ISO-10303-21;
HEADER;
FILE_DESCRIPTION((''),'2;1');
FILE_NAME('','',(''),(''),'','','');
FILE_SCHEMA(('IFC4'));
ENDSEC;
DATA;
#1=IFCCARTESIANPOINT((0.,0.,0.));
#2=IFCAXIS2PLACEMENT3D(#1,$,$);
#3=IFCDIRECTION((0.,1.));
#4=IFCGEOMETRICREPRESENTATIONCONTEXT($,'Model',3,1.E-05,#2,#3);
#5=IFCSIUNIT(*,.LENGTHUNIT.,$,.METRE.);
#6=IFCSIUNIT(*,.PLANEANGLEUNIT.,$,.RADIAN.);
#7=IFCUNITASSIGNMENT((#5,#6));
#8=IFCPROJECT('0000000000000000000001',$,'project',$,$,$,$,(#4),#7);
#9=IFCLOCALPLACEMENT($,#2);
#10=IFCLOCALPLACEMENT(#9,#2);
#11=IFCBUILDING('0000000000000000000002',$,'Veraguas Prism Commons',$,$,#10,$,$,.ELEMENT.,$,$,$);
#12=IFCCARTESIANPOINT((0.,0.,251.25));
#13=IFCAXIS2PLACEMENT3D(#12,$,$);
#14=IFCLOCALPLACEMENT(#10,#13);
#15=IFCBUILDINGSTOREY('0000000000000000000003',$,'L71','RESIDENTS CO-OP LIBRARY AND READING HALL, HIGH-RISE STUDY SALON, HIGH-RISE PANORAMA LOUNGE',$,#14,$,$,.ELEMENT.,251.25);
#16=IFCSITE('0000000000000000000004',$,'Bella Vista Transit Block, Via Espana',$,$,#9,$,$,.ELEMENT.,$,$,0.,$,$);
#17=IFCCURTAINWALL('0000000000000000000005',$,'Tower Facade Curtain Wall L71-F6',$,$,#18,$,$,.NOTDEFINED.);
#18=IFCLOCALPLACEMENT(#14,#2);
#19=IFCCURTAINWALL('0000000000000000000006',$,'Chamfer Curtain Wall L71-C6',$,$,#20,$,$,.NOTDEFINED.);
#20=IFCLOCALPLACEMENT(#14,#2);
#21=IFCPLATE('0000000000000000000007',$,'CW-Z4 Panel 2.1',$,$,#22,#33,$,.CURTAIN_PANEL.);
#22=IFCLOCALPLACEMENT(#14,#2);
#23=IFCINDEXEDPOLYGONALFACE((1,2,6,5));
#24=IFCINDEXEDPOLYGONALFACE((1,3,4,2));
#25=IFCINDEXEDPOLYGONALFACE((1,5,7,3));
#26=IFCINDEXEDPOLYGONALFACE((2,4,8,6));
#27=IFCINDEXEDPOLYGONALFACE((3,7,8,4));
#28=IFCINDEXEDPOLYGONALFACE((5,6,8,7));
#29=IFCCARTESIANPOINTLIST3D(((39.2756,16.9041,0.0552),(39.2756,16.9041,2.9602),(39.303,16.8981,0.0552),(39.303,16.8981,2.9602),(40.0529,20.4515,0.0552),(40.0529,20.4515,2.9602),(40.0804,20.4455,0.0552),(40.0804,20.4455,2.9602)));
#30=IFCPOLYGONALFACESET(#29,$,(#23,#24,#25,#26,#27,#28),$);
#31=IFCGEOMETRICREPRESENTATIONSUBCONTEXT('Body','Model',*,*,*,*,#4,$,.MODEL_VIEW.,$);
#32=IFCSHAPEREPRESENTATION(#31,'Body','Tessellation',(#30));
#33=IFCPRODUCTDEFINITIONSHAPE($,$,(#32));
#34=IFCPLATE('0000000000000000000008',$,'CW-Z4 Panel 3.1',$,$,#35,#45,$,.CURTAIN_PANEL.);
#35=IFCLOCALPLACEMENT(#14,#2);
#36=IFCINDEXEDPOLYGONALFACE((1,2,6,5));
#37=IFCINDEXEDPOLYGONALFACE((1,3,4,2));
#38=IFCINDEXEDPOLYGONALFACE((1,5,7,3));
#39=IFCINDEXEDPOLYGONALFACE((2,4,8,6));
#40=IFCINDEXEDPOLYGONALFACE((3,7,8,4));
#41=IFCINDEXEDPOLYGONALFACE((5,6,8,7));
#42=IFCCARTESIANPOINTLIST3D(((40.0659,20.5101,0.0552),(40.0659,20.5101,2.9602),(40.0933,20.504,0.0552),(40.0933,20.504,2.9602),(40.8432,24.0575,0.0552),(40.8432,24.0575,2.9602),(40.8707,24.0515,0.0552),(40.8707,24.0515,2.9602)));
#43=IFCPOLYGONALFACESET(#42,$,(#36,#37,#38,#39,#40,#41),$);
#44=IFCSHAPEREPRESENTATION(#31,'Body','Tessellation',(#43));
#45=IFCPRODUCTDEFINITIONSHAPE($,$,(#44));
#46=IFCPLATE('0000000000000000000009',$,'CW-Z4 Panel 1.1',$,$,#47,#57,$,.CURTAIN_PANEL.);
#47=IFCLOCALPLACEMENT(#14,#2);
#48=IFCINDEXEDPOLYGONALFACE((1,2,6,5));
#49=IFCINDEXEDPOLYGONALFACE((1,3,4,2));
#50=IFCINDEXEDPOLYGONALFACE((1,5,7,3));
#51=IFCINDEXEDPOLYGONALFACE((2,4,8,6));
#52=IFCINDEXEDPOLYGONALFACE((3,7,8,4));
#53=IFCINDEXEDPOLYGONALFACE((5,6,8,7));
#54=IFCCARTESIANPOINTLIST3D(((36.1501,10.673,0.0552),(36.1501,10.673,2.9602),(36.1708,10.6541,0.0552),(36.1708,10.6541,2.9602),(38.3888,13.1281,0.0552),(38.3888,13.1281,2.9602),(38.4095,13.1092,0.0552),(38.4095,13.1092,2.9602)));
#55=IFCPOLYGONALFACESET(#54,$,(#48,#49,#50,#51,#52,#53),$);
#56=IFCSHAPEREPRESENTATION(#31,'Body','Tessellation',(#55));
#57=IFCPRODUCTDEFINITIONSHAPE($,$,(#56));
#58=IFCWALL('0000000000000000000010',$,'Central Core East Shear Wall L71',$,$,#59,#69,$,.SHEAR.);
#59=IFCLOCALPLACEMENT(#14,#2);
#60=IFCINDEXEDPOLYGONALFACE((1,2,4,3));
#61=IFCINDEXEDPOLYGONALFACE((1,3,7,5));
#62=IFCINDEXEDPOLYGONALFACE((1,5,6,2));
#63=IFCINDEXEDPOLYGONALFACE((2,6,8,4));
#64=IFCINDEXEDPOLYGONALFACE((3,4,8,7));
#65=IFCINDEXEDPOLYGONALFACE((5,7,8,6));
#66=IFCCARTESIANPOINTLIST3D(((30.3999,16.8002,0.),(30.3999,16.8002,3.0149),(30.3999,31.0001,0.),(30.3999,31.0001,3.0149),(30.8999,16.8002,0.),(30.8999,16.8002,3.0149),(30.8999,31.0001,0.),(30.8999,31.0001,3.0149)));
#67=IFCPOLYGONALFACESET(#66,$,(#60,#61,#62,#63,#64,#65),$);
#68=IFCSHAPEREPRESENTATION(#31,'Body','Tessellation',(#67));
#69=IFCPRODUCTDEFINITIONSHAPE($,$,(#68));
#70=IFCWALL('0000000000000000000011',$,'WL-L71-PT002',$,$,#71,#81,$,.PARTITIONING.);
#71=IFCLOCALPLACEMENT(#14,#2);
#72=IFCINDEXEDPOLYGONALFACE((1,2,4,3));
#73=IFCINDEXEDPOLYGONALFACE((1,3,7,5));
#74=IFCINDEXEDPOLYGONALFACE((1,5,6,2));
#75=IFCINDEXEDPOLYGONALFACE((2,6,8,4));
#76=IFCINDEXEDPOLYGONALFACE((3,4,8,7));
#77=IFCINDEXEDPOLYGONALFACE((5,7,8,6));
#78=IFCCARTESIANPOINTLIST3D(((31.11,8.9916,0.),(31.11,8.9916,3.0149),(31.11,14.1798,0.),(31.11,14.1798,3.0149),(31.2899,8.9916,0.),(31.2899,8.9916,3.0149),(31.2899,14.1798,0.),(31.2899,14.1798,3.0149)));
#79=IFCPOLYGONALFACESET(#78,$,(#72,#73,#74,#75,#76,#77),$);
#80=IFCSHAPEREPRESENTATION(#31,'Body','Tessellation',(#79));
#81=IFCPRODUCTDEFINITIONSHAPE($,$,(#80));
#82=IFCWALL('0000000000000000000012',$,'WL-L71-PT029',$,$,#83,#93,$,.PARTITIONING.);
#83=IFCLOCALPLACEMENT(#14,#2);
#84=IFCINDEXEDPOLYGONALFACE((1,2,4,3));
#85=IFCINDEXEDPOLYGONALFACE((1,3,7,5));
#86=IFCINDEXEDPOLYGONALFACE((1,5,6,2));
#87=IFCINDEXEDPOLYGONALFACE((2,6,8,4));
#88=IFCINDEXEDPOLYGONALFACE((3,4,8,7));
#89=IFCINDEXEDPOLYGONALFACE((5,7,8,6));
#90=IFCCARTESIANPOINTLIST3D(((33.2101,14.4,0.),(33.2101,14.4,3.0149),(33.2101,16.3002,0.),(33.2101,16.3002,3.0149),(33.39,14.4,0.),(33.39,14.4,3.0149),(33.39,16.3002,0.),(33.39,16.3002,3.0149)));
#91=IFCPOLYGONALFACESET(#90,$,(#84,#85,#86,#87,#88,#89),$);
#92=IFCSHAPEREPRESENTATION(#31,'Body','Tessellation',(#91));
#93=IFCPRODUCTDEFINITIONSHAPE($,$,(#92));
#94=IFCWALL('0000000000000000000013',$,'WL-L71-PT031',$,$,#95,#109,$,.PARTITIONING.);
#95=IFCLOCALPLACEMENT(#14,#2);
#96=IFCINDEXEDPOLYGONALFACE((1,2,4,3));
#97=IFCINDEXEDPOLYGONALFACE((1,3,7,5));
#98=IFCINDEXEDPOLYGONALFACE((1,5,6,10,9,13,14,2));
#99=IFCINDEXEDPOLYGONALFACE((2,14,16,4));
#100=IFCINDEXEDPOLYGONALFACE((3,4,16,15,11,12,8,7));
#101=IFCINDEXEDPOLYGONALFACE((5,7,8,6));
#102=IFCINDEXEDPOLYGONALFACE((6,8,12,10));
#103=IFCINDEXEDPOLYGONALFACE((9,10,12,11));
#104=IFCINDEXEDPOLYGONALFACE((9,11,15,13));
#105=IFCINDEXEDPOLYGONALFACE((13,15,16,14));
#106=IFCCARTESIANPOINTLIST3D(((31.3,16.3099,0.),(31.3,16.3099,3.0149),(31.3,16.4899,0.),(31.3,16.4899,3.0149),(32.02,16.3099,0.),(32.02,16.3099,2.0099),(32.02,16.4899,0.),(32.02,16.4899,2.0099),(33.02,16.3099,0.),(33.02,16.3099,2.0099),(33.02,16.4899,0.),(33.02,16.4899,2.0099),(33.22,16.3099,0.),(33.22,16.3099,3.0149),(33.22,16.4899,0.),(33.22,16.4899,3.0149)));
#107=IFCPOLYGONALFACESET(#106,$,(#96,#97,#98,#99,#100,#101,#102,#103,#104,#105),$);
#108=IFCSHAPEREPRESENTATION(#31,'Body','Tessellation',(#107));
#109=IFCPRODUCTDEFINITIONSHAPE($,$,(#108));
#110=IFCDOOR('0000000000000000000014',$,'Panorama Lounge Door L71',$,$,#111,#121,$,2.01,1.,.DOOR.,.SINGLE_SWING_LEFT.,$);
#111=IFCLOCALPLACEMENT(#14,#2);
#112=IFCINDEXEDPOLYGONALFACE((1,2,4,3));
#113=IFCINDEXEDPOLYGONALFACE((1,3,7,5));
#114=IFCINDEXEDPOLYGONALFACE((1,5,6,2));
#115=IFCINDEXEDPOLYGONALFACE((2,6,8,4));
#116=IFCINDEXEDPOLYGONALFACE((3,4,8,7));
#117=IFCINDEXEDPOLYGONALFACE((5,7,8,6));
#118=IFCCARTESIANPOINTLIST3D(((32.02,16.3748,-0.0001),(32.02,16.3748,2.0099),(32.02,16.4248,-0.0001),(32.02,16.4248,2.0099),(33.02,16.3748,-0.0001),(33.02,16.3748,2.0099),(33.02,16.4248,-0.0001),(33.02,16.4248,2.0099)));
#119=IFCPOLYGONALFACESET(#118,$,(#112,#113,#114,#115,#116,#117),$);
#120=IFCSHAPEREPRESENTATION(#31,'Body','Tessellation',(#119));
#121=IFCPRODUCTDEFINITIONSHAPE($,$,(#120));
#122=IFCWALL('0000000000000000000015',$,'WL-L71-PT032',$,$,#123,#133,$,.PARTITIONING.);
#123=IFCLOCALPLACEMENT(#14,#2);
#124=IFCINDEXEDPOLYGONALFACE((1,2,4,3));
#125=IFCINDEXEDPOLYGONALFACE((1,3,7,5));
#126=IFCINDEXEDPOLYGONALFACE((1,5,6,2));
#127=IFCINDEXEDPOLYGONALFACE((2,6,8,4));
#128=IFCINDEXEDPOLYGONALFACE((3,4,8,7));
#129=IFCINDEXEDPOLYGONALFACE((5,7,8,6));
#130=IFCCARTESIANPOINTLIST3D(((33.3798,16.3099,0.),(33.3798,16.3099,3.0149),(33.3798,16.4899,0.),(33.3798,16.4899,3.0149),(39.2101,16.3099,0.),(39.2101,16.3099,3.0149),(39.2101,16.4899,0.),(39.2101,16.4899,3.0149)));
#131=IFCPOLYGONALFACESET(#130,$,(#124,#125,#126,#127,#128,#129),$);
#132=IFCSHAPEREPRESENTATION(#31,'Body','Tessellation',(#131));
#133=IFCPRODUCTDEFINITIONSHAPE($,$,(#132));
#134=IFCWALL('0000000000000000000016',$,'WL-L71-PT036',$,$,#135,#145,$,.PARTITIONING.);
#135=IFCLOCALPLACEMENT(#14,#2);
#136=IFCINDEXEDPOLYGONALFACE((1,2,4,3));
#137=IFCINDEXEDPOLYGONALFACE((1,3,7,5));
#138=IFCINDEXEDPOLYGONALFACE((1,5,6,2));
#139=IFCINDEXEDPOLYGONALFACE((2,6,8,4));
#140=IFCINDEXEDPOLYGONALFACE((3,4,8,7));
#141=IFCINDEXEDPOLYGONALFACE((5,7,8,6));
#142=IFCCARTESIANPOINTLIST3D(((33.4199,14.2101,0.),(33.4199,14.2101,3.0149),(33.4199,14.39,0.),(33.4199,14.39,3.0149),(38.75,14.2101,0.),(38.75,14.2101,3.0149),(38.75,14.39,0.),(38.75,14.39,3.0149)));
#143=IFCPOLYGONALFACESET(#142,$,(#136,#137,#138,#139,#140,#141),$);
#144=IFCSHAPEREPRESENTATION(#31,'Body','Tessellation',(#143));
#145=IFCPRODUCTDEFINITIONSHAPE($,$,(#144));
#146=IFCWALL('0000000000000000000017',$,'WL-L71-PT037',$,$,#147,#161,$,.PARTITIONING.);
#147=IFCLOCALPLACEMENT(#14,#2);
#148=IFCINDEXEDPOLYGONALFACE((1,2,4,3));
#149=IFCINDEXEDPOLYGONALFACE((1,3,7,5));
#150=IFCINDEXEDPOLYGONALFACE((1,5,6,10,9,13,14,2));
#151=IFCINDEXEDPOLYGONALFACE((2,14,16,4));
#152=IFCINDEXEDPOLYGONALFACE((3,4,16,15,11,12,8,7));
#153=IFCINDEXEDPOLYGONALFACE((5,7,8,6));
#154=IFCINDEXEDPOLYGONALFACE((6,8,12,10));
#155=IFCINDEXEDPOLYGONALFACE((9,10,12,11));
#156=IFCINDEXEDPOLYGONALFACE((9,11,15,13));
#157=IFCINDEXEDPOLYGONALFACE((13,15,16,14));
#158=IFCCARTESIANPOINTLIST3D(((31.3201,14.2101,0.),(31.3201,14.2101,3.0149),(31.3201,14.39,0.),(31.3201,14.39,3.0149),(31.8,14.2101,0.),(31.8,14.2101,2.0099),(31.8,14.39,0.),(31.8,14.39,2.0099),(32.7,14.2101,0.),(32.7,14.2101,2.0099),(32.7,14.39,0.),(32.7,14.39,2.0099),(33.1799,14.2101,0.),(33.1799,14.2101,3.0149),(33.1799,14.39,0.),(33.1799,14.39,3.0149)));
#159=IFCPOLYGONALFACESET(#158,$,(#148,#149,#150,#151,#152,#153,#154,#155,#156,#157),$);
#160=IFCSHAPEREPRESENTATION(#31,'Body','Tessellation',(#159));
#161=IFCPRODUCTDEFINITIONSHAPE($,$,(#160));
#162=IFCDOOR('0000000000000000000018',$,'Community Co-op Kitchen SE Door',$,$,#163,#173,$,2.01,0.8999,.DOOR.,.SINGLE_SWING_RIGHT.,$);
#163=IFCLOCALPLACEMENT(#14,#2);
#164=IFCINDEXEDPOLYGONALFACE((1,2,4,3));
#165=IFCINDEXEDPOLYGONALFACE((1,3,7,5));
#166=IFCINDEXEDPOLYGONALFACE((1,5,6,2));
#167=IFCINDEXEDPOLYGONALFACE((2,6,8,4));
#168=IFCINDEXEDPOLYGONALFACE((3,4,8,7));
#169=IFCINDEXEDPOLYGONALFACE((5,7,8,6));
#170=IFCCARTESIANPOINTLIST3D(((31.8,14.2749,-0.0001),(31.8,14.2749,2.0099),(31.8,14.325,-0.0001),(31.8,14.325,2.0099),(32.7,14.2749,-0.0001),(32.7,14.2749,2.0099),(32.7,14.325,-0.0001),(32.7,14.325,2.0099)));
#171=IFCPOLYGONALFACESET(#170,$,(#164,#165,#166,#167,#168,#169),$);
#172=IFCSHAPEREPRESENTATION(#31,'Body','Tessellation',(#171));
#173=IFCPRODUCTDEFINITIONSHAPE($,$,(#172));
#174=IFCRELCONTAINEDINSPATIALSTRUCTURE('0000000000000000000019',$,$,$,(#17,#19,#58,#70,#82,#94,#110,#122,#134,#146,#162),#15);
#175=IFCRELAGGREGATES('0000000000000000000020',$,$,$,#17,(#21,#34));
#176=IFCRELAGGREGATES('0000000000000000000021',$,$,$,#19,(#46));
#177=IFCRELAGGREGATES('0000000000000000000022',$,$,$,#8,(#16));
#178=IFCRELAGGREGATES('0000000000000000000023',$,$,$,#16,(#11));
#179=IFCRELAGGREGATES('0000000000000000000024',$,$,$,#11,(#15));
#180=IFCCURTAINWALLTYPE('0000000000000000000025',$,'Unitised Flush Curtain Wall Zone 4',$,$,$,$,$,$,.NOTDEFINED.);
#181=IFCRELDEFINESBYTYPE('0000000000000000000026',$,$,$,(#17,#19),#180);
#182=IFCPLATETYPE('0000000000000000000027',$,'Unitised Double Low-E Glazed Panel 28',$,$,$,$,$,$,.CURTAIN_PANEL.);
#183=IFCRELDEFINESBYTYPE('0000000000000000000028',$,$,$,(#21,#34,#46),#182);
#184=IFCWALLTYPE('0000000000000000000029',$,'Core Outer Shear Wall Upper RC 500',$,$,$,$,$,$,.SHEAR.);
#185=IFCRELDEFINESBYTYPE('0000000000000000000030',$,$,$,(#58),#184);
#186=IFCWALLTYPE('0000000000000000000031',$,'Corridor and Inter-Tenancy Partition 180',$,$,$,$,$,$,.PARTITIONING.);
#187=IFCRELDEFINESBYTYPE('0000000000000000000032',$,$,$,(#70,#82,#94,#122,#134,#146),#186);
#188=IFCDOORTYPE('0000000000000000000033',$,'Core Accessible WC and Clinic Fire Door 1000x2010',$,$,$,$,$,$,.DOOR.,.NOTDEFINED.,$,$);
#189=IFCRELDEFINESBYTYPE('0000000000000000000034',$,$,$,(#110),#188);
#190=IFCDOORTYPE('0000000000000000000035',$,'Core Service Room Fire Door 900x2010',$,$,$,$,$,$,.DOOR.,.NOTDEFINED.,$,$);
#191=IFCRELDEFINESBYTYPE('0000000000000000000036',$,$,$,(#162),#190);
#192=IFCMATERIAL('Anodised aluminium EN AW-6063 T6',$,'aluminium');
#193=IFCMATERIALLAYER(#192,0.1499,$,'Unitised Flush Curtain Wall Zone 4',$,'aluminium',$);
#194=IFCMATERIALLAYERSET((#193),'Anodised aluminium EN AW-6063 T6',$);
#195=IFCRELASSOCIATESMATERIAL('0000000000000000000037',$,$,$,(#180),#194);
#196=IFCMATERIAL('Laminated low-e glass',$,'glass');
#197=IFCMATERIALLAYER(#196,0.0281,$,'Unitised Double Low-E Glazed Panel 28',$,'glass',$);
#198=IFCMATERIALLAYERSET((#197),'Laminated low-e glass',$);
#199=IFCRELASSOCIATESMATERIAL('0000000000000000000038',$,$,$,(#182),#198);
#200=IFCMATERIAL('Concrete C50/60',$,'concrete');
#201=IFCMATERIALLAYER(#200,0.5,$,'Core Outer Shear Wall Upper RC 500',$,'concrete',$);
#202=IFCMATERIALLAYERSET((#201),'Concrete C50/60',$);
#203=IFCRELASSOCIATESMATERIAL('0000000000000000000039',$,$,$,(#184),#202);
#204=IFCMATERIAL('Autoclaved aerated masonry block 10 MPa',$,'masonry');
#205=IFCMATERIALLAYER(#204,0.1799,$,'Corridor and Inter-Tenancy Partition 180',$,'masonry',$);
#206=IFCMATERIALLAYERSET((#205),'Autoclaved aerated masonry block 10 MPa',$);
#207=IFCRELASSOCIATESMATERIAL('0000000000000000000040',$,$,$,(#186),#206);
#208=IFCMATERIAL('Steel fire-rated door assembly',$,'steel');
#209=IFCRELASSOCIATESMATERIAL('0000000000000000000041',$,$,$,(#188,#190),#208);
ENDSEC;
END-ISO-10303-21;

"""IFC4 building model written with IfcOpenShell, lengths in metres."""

from ifc_helpers import new_model, si_unit, direction, frame, frame_2d, origin, origin_2d, place, context, subcontext, project, spatial, rectangle, extrude, source, transform, mapped, material, layer, layer_set, type_object, element, fill, aggregate, save


model = new_model("IFC4")

# Units and contexts
model_context = context("Model", 3, precision=1e-05, world=origin(), true_north=direction((0.0, 1.0)))
body_context = subcontext(model_context, "Body", "Model", "MODEL_VIEW")
ifc_project = project(units=[si_unit("LENGTHUNIT", "METRE"), si_unit("PLANEANGLEUNIT", "RADIAN")], contexts=[model_context])

# Site, building, storey
site_placement = place(None, origin())
site = spatial("IfcSite", under=ifc_project, at=site_placement, Name="Bella Vista Transit Block, Via Espana", CompositionType="ELEMENT", RefElevation=0.0)
building_placement = place(site_placement, origin())
building = spatial("IfcBuilding", under=site, at=building_placement, Name="Veraguas Prism Commons", CompositionType="ELEMENT")
storey_placement = place(building_placement, frame((0.0, 0.0, 251.25)))
storey = spatial("IfcBuildingStorey", under=building, at=storey_placement, Name="L71", Description="RESIDENTS CO-OP LIBRARY AND READING HALL, HIGH-RISE STUDY SALON, HIGH-RISE PANORAMA LOUNGE", CompositionType="ELEMENT", Elevation=251.25)

# Shared definitions
ifc_material_1 = material(Name="Concrete C50/60", Category="concrete")

# Curtain walls
ifc_material_2 = material(Name="Anodised aluminium EN AW-6063 T6", Category="aluminium")
ifc_layer_1 = layer(ifc_material_2, 0.1499, Name="Unitised Flush Curtain Wall Zone 4", Category="aluminium")
ifc_layer_set_1 = layer_set([ifc_layer_1], Name="Anodised aluminium EN AW-6063 T6")
curtain_wall_type = type_object("IfcCurtainWallType", Name="Unitised Flush Curtain Wall Zone 4", PredefinedType="NOTDEFINED", material=ifc_layer_set_1)
curtain_wall_1_placement = place(storey_placement, origin())
curtain_wall_1 = element("IfcCurtainWall", 1, at=curtain_wall_1_placement, inside=storey, type_object=curtain_wall_type, Name="Tower Facade Curtain Wall L71-F6", PredefinedType="NOTDEFINED")
curtain_wall_2_placement = place(storey_placement, origin())
curtain_wall_2 = element("IfcCurtainWall", 2, at=curtain_wall_2_placement, inside=storey, type_object=curtain_wall_type, Name="Chamfer Curtain Wall L71-C6", PredefinedType="NOTDEFINED")

# Plates
ifc_material_3 = material(Name="Laminated low-e glass", Category="glass")
ifc_layer_2 = layer(ifc_material_3, 0.0281, Name="Unitised Double Low-E Glazed Panel 28", Category="glass")
ifc_layer_set_2 = layer_set([ifc_layer_2], Name="Laminated low-e glass")
plate_type = type_object("IfcPlateType", Name="Unitised Double Low-E Glazed Panel 28", PredefinedType="CURTAIN_PANEL", material=ifc_layer_set_2)
shared_shape_1 = source(origin(), body_context, "Body", "SweptSolid", [
    extrude(rectangle(XDim=3.6316, YDim=0.0281, at=origin_2d()), origin(), (0.0, 0.0, 1.0), 2.905),
])
plate_1_placement = place(storey_placement, frame((39.678, 18.6748, 0.0552), z_axis=(0.0, 0.0, 1.0), x_axis=(0.214053, 0.976822, 0.0)))
plate_1 = element("IfcPlate", 3, at=plate_1_placement, type_object=plate_type, Name="CW-Z4 Panel 2.1", PredefinedType="CURTAIN_PANEL", context=body_context, shape_type="MappedRepresentation", body=[
    mapped(shared_shape_1, transform((0.0, 0.0, 0.0), scale=1.0)),
])
plate_2_placement = place(storey_placement, frame((40.4683, 22.2808, 0.0552), z_axis=(0.0, 0.0, 1.0), x_axis=(0.214053, 0.976822, 0.0)))
plate_2 = element("IfcPlate", 4, at=plate_2_placement, type_object=plate_type, Name="CW-Z4 Panel 3.1", PredefinedType="CURTAIN_PANEL", context=body_context, shape_type="MappedRepresentation", body=[
    mapped(shared_shape_1, transform((0.0, 0.0, 0.0), scale=1.0)),
])
aggregate(curtain_wall_1, [plate_1, plate_2])
shared_shape_2 = source(origin(), body_context, "Body", "SweptSolid", [
    extrude(rectangle(XDim=3.3225, YDim=0.0281, at=origin_2d()), origin(), (0.0, 0.0, 1.0), 2.905),
])
plate_3_placement = place(storey_placement, frame((37.2798, 11.8911, 0.0552), z_axis=(0.0, 0.0, 1.0), x_axis=(0.673794, 0.738919, 0.0)))
plate_3 = element("IfcPlate", 5, at=plate_3_placement, type_object=plate_type, Name="CW-Z4 Panel 1.1", PredefinedType="CURTAIN_PANEL", context=body_context, shape_type="MappedRepresentation", body=[
    mapped(shared_shape_2, transform((0.0, 0.0, 0.0), scale=1.0)),
])
aggregate(curtain_wall_2, [plate_3])

# Walls
ifc_layer_3 = layer(ifc_material_1, 0.5, Name="Core Outer Shear Wall Upper RC 500", Category="concrete")
ifc_layer_set_3 = layer_set([ifc_layer_3], Name="Concrete C50/60")
wall_type_1 = type_object("IfcWallType", Name="Core Outer Shear Wall Upper RC 500", PredefinedType="SHEAR", material=ifc_layer_set_3)
wall_1_placement = place(storey_placement, frame((30.6499, 16.8, 0.0), z_axis=(0.0, 0.0, 1.0), x_axis=(0.0, 1.0, 0.0)))
element("IfcWall", 6, at=wall_1_placement, inside=storey, type_object=wall_type_1, Name="Central Core East Shear Wall L71", PredefinedType="SHEAR", context=body_context, shape_type="SweptSolid", body=[
    extrude(rectangle(XDim=14.2, YDim=0.5, at=frame_2d((7.1001, 0.0))), origin(), (0.0, 0.0, 1.0), 3.0149),
])
ifc_material_4 = material(Name="Autoclaved aerated masonry block 10 MPa", Category="masonry")
ifc_layer_4 = layer(ifc_material_4, 0.1799, Name="Corridor and Inter-Tenancy Partition 180", Category="masonry")
ifc_layer_set_4 = layer_set([ifc_layer_4], Name="Autoclaved aerated masonry block 10 MPa")
wall_type_2 = type_object("IfcWallType", Name="Corridor and Inter-Tenancy Partition 180", PredefinedType="PARTITIONING", material=ifc_layer_set_4)
wall_2_placement = place(storey_placement, frame((31.2, 14.1799, 0.0), z_axis=(0.0, 0.0, 1.0), x_axis=(0.0, -1.0, 0.0)))
element("IfcWall", 7, at=wall_2_placement, inside=storey, type_object=wall_type_2, Name="WL-L71-PT002", PredefinedType="PARTITIONING", context=body_context, shape_type="SweptSolid", body=[
    extrude(rectangle(XDim=5.1882, YDim=0.1799, at=frame_2d((2.5942, 0.0))), origin(), (0.0, 0.0, 1.0), 3.0149),
])
wall_3_placement = place(storey_placement, frame((33.3, 14.3999, 0.0), z_axis=(0.0, 0.0, 1.0), x_axis=(0.0, 1.0, 0.0)))
element("IfcWall", 8, at=wall_3_placement, inside=storey, type_object=wall_type_2, Name="WL-L71-PT029", PredefinedType="PARTITIONING", context=body_context, shape_type="SweptSolid", body=[
    extrude(rectangle(XDim=1.9001, YDim=0.1799, at=frame_2d((0.9502, 0.0))), origin(), (0.0, 0.0, 1.0), 3.0149),
])

# Wall, opening, door
wall_4_placement = place(storey_placement, frame((31.3, 16.3999, 0.0), z_axis=(0.0, 0.0, 1.0), x_axis=(1.0, 0.0, 0.0)))
wall_4 = element("IfcWall", 9, at=wall_4_placement, inside=storey, type_object=wall_type_2, Name="WL-L71-PT031", PredefinedType="PARTITIONING", context=body_context, shape_type="SweptSolid", body=[
    extrude(rectangle(XDim=1.9199, YDim=0.1799, at=frame_2d((0.96, 0.0))), origin(), (0.0, 0.0, 1.0), 3.0149),
])
opening_1_placement = place(wall_4_placement, frame((0.72, 0.0, 0.0)))
opening_1 = element("IfcOpeningElement", 10, at=opening_1_placement, cuts=wall_4, PredefinedType="OPENING", context=body_context, shape_type="SweptSolid", body=[
    extrude(rectangle(XDim=1.0, YDim=2.01, at=frame_2d((0.5, 1.0049))), frame((0.0, 0.0999, 0.0), z_axis=(0.0, -1.0, 0.0), x_axis=(1.0, 0.0, 0.0)), (0.0, 0.0, 1.0), 0.2),
])
ifc_material_5 = material(Name="Steel fire-rated door assembly", Category="steel")
door_type_1 = type_object("IfcDoorType", Name="Core Accessible WC and Clinic Fire Door 1000x2010", OperationType="NOTDEFINED", PredefinedType="DOOR", material=ifc_material_5)
shared_shape_3 = source(origin(), body_context, "Body", "SweptSolid", [
    extrude(rectangle(XDim=1.0, YDim=2.01, at=frame_2d((0.5, 1.0049))), frame((0.0, 0.0249, 0.0), z_axis=(0.0, -1.0, 0.0), x_axis=(1.0, 0.0, 0.0)), (0.0, 0.0, 1.0), 0.05),
])
door_1_placement = place(opening_1_placement, origin())
door_1 = element("IfcDoor", 11, at=door_1_placement, inside=storey, type_object=door_type_1, Name="Panorama Lounge Door L71", OperationType="SINGLE_SWING_LEFT", OverallHeight=2.01, OverallWidth=1.0, PredefinedType="DOOR", context=body_context, shape_type="MappedRepresentation", body=[
    mapped(shared_shape_3, transform((0.0, 0.0, 0.0), scale=1.0)),
])
fill(opening_1, door_1)

# Walls
wall_5_placement = place(storey_placement, frame((33.3799, 16.3999, 0.0), z_axis=(0.0, 0.0, 1.0), x_axis=(1.0, 0.0, 0.0)))
element("IfcWall", 12, at=wall_5_placement, inside=storey, type_object=wall_type_2, Name="WL-L71-PT032", PredefinedType="PARTITIONING", context=body_context, shape_type="SweptSolid", body=[
    extrude(rectangle(XDim=5.8303, YDim=0.1799, at=frame_2d((2.915, 0.0))), origin(), (0.0, 0.0, 1.0), 3.0149),
])
wall_6_placement = place(storey_placement, frame((33.4199, 14.3, 0.0), z_axis=(0.0, 0.0, 1.0), x_axis=(1.0, 0.0, 0.0)))
element("IfcWall", 13, at=wall_6_placement, inside=storey, type_object=wall_type_2, Name="WL-L71-PT036", PredefinedType="PARTITIONING", context=body_context, shape_type="SweptSolid", body=[
    extrude(rectangle(XDim=5.3301, YDim=0.1799, at=frame_2d((2.665, 0.0))), origin(), (0.0, 0.0, 1.0), 3.0149),
])

# Wall, opening, door
wall_7_placement = place(storey_placement, frame((31.3201, 14.3, 0.0), z_axis=(0.0, 0.0, 1.0), x_axis=(1.0, 0.0, 0.0)))
wall_7 = element("IfcWall", 14, at=wall_7_placement, inside=storey, type_object=wall_type_2, Name="WL-L71-PT037", PredefinedType="PARTITIONING", context=body_context, shape_type="SweptSolid", body=[
    extrude(rectangle(XDim=1.8599, YDim=0.1799, at=frame_2d((0.9299, 0.0))), origin(), (0.0, 0.0, 1.0), 3.0149),
])
opening_2_placement = place(wall_7_placement, frame((0.48, 0.0, 0.0)))
opening_2 = element("IfcOpeningElement", 15, at=opening_2_placement, cuts=wall_7, PredefinedType="OPENING", context=body_context, shape_type="SweptSolid", body=[
    extrude(rectangle(XDim=0.8999, YDim=2.01, at=frame_2d((0.45, 1.0049))), frame((0.0, 0.0999, 0.0), z_axis=(0.0, -1.0, 0.0), x_axis=(1.0, 0.0, 0.0)), (0.0, 0.0, 1.0), 0.2),
])
door_type_2 = type_object("IfcDoorType", Name="Core Service Room Fire Door 900x2010", OperationType="NOTDEFINED", PredefinedType="DOOR", material=ifc_material_5)
shared_shape_4 = source(origin(), body_context, "Body", "SweptSolid", [
    extrude(rectangle(XDim=0.8999, YDim=2.01, at=frame_2d((0.45, 1.0049))), frame((0.0, 0.0249, 0.0), z_axis=(0.0, -1.0, 0.0), x_axis=(1.0, 0.0, 0.0)), (0.0, 0.0, 1.0), 0.05),
])
door_2_placement = place(opening_2_placement, origin())
door_2 = element("IfcDoor", 16, at=door_2_placement, inside=storey, type_object=door_type_2, Name="Community Co-op Kitchen SE Door", OperationType="SINGLE_SWING_RIGHT", OverallHeight=2.01, OverallWidth=0.8999, PredefinedType="DOOR", context=body_context, shape_type="MappedRepresentation", body=[
    mapped(shared_shape_4, transform((0.0, 0.0, 0.0), scale=1.0)),
])
fill(opening_2, door_2)

save(model, "model.ifc")
